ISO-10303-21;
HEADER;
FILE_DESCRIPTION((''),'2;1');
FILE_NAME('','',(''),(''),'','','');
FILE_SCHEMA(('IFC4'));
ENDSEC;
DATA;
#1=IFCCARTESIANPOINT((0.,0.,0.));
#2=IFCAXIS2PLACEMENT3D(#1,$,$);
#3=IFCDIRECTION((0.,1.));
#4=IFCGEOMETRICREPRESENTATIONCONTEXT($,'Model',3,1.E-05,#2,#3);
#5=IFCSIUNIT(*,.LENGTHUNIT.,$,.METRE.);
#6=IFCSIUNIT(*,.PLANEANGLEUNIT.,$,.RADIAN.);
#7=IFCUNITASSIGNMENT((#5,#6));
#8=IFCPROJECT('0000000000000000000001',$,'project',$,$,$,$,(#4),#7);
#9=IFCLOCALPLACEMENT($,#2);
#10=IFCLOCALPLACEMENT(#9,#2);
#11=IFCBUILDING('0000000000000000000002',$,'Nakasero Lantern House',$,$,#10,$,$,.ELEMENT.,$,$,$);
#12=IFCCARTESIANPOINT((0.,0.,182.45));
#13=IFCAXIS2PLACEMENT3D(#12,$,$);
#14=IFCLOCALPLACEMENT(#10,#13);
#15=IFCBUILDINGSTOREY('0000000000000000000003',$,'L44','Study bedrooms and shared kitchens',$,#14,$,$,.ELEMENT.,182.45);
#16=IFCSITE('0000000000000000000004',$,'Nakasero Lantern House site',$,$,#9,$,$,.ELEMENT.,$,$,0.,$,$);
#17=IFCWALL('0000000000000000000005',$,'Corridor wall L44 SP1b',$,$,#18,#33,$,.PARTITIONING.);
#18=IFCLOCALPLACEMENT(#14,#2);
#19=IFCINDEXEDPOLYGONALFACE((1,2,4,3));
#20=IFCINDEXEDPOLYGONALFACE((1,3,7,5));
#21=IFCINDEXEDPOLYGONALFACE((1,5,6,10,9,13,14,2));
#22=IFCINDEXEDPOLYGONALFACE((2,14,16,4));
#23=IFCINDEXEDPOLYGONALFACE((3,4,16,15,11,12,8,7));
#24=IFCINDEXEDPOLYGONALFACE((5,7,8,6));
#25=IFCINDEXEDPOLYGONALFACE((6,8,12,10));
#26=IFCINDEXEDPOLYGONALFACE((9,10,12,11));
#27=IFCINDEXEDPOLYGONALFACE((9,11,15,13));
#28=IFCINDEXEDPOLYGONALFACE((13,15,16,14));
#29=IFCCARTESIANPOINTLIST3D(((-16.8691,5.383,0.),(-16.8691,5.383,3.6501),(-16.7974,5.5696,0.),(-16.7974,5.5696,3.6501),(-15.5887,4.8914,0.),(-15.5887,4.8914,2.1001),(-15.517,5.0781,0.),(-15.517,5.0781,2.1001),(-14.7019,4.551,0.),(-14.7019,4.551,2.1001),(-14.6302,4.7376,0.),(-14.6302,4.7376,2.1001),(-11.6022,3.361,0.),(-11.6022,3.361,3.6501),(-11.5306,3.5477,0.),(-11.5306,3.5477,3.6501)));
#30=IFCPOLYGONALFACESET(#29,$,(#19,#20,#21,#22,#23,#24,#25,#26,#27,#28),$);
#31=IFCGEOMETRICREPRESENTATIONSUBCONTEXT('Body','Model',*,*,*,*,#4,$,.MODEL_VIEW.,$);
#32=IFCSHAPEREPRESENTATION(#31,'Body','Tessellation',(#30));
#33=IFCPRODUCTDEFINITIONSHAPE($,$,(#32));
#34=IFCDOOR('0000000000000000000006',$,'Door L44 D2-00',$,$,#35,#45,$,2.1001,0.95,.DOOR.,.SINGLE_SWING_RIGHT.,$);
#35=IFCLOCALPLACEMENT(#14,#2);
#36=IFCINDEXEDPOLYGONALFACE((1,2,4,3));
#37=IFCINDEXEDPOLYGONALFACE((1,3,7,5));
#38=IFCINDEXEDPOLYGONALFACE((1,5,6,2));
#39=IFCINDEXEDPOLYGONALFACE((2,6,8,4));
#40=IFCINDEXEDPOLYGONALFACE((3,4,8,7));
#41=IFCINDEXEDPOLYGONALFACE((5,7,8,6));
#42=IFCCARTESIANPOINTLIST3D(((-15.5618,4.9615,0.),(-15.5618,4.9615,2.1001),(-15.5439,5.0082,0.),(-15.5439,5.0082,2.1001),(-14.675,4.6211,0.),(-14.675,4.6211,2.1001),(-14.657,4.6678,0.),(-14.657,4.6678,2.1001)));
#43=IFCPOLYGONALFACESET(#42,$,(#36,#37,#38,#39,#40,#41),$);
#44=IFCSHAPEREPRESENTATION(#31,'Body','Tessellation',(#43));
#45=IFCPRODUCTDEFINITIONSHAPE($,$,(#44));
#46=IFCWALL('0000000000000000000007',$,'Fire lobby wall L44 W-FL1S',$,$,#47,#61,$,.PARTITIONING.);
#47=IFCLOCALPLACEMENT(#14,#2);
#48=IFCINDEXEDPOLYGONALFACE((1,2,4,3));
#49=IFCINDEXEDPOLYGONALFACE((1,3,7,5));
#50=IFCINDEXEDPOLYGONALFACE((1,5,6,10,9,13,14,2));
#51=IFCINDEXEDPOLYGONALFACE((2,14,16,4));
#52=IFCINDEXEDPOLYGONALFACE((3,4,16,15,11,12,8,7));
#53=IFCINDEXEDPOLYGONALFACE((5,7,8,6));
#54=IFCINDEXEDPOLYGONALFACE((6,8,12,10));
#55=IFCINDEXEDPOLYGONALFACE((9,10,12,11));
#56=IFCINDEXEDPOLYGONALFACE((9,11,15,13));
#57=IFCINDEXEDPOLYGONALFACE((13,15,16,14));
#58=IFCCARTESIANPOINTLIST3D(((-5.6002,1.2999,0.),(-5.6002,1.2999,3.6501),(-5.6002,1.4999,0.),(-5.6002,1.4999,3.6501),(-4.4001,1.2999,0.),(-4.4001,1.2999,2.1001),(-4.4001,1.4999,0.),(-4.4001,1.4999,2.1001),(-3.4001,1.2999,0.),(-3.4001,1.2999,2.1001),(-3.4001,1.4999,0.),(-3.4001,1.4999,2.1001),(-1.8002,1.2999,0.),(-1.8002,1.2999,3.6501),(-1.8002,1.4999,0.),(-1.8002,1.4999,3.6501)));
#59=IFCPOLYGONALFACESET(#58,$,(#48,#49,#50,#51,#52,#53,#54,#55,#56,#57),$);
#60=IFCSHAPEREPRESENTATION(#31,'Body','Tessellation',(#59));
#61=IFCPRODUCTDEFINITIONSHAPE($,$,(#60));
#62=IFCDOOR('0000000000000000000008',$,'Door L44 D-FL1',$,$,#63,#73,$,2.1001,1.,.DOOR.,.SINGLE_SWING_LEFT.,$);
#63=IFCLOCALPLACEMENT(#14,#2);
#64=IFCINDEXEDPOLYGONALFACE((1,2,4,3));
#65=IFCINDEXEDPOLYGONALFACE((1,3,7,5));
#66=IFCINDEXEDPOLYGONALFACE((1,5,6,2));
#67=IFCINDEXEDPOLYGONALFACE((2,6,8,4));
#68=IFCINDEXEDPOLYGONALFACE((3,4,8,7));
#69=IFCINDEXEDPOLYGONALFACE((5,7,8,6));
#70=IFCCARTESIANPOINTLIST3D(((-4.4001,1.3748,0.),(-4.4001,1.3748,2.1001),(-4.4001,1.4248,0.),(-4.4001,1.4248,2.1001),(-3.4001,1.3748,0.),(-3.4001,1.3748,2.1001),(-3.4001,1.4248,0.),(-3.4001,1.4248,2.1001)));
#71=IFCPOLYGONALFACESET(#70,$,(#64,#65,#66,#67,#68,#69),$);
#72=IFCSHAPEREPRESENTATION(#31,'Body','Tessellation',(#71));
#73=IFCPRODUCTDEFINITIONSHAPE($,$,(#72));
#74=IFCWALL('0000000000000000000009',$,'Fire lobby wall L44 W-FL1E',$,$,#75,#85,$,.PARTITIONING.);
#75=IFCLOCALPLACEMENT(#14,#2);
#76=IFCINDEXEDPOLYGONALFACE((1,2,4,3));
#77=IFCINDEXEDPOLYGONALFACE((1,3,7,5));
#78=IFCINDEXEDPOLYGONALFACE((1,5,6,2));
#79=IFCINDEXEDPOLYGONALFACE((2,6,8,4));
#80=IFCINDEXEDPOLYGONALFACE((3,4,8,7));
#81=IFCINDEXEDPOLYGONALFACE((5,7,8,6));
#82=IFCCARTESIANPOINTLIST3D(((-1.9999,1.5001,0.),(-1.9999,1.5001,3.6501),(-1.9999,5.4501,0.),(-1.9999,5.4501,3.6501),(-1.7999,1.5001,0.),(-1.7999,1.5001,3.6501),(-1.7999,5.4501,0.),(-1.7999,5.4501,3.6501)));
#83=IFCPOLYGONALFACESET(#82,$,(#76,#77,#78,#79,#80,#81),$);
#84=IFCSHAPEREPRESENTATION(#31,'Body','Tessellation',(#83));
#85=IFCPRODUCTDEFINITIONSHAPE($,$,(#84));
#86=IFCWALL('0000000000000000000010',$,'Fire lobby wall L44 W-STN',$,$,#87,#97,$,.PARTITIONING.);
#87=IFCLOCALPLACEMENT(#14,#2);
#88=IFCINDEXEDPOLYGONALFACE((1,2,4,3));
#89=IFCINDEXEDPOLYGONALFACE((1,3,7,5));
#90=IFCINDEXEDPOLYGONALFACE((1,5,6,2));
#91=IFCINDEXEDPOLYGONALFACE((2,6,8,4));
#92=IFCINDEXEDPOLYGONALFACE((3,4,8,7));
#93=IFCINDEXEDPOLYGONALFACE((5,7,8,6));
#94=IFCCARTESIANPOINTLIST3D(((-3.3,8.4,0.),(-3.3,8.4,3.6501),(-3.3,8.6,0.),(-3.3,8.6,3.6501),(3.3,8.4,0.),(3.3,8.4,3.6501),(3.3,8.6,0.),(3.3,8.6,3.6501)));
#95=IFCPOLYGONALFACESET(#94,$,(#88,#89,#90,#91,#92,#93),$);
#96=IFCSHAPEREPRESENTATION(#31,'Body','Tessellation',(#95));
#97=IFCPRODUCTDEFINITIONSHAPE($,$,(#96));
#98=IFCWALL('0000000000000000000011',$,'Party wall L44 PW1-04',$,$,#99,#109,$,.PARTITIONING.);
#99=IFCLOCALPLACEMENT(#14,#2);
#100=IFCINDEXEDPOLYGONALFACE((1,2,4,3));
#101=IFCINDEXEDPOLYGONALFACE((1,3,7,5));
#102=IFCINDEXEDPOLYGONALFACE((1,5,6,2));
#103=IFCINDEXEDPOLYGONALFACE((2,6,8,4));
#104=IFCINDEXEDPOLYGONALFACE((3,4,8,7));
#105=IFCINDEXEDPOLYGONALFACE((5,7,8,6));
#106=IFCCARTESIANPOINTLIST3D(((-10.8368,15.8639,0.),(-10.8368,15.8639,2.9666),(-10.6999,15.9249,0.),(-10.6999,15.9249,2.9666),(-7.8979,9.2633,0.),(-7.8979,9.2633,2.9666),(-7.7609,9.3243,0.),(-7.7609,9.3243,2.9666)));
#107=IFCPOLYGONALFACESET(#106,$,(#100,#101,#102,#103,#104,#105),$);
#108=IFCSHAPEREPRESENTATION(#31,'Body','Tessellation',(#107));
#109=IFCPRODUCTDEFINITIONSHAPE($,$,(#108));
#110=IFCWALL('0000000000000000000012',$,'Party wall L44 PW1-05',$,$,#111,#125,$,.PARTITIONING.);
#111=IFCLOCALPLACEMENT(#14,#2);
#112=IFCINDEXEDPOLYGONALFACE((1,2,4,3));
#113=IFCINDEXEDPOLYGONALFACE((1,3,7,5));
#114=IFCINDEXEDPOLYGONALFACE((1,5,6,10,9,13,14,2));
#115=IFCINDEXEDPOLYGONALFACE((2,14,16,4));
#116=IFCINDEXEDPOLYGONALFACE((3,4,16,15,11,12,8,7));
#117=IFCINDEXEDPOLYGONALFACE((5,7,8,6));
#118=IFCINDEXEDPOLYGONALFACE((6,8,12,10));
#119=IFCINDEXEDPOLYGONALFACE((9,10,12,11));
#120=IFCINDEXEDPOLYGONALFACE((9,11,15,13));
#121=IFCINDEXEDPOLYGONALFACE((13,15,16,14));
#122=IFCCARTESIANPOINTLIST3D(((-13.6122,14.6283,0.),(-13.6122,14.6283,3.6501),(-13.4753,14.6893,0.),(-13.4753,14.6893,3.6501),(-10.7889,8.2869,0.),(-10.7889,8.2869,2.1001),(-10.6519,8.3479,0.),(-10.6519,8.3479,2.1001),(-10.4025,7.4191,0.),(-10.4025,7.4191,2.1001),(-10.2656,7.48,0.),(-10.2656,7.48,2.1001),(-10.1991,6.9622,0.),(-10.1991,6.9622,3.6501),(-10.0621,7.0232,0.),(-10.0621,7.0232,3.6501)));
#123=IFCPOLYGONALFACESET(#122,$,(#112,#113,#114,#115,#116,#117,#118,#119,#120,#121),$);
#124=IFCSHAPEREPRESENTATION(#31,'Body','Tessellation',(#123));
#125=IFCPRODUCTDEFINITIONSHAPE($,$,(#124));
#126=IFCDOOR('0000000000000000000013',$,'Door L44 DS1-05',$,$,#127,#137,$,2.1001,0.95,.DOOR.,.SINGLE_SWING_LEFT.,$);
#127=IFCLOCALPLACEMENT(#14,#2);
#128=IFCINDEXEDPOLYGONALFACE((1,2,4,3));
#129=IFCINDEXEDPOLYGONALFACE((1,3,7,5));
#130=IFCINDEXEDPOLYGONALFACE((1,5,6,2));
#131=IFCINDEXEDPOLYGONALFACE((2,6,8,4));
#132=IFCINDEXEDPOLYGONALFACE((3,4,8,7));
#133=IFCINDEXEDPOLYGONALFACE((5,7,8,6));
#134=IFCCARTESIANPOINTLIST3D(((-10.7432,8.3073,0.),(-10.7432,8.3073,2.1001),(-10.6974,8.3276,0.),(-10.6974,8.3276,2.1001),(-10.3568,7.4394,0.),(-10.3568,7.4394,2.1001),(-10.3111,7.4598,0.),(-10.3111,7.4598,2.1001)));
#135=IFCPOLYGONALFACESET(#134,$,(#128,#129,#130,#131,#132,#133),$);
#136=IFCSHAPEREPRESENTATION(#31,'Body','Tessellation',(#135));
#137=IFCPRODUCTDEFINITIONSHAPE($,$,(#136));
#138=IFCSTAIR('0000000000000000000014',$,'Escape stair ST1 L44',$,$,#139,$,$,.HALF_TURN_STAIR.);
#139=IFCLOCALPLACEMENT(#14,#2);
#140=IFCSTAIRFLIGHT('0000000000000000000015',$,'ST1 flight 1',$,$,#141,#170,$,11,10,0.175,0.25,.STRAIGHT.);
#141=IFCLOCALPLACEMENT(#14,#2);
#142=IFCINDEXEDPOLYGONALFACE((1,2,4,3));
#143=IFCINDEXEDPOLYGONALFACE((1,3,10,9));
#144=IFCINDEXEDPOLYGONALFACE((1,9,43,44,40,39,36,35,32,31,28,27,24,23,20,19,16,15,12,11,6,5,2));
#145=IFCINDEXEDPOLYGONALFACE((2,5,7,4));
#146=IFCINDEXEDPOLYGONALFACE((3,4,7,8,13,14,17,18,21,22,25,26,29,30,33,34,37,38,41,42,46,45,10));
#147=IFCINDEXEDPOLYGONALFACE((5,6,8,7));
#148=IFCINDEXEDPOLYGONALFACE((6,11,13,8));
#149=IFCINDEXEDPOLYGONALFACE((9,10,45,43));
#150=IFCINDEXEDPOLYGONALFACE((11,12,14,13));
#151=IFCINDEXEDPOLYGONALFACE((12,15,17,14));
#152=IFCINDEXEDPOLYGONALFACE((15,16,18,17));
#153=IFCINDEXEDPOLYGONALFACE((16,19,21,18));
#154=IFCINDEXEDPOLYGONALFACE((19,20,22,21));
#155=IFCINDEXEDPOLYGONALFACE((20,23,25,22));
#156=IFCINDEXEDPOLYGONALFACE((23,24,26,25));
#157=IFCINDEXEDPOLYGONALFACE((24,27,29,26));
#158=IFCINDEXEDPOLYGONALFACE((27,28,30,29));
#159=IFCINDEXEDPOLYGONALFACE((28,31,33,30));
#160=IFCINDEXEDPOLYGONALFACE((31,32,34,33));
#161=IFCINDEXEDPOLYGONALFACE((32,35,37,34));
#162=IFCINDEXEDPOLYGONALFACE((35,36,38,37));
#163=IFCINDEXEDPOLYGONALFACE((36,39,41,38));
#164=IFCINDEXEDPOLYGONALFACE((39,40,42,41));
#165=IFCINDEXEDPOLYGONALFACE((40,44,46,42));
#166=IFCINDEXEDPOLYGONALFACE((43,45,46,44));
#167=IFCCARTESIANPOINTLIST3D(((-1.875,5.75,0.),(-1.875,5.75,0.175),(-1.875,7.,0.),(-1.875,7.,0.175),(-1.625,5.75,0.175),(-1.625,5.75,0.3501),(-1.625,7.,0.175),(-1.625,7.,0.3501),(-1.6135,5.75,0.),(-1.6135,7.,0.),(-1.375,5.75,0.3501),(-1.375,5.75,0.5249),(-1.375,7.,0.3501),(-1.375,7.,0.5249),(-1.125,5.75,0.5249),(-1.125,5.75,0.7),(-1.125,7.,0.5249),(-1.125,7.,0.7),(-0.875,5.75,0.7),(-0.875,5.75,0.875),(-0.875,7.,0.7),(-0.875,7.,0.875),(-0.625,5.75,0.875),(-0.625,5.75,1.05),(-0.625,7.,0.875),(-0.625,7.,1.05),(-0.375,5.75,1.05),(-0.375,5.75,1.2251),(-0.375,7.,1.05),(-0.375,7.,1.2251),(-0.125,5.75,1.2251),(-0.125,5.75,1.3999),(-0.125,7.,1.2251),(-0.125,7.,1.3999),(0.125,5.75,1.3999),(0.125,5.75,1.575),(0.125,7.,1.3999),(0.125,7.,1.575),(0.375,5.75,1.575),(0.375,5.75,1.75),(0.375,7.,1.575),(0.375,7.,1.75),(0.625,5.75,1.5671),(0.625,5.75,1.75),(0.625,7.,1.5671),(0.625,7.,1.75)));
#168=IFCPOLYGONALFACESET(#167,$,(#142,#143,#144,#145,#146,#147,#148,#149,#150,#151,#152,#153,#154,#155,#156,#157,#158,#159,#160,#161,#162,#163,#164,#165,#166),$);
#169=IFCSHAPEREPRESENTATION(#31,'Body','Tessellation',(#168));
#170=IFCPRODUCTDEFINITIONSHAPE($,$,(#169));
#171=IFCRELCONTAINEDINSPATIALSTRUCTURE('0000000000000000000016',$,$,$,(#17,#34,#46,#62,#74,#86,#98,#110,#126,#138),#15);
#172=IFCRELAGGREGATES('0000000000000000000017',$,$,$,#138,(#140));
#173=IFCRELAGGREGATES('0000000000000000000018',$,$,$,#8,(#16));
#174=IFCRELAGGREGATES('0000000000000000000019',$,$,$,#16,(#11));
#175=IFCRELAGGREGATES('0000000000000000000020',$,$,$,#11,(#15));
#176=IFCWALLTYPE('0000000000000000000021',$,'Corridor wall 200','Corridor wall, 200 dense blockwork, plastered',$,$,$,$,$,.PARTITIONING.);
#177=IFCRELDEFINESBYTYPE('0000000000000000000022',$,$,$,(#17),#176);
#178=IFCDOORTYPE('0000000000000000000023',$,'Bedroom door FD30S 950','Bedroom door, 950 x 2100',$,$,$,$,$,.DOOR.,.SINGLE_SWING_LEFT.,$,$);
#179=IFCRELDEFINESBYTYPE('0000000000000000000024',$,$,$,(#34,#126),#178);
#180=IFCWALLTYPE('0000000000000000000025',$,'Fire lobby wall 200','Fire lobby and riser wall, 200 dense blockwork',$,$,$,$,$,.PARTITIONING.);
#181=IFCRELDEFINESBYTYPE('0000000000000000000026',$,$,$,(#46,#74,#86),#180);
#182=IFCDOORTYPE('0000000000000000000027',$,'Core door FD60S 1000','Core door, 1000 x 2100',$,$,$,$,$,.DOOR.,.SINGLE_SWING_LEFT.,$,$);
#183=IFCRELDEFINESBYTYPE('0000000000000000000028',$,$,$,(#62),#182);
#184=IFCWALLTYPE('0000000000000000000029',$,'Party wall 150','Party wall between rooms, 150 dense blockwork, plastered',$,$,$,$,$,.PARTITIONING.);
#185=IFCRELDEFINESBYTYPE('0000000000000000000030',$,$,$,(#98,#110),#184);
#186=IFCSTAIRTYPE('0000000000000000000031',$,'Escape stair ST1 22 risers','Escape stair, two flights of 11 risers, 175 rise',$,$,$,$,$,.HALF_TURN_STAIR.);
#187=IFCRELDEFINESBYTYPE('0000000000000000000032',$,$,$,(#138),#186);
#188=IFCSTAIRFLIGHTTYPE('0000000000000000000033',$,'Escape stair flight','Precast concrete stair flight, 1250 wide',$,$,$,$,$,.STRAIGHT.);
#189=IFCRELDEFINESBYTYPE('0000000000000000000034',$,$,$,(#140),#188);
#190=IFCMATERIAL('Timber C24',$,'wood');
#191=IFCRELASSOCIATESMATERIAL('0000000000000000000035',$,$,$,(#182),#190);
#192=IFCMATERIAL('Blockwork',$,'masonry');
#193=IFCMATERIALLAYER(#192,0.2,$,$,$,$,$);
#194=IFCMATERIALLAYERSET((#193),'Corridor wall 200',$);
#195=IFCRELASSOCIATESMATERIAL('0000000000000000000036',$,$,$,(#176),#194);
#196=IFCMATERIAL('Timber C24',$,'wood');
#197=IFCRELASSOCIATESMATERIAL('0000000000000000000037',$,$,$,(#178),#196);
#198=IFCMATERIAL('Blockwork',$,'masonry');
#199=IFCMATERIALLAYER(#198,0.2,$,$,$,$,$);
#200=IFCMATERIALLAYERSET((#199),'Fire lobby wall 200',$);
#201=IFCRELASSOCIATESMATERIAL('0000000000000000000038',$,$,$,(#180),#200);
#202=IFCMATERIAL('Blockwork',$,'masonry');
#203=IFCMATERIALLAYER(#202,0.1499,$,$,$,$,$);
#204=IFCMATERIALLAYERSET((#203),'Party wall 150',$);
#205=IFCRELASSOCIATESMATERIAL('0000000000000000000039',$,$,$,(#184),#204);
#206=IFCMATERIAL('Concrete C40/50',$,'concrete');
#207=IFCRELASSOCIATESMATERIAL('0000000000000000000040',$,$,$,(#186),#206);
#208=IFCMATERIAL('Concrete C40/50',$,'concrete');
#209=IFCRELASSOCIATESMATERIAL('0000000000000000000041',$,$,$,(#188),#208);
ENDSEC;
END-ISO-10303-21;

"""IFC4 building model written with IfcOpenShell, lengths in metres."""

from ifc_helpers import new_model, si_unit, direction, frame, frame_2d, origin, place, context, subcontext, project, spatial, polyline, rectangle, outline, extrude, material, layer, layer_set, type_object, element, fill, aggregate, save


model = new_model("IFC4")

# Units and contexts
model_context = context("Model", 3, precision=1e-05, world=origin(), true_north=direction((0.0, 1.0)))
body_context = subcontext(model_context, "Body", "Model", "MODEL_VIEW")
ifc_project = project(units=[si_unit("LENGTHUNIT", "METRE"), si_unit("PLANEANGLEUNIT", "RADIAN")], contexts=[model_context])

# Site, building, storey
site_placement = place(None, origin())
site = spatial("IfcSite", under=ifc_project, at=site_placement, Name="Nakasero Lantern House site", CompositionType="ELEMENT", RefElevation=0.0)
building_placement = place(site_placement, origin())
building = spatial("IfcBuilding", under=site, at=building_placement, Name="Nakasero Lantern House", CompositionType="ELEMENT")
storey_placement = place(building_placement, frame((0.0, 0.0, 182.45)))
storey = spatial("IfcBuildingStorey", under=building, at=storey_placement, Name="L44", Description="Study bedrooms and shared kitchens", CompositionType="ELEMENT", Elevation=182.45)

# Shared definitions
ifc_material_1 = material(Name="Timber C24", Category="wood")
door_type_1 = type_object("IfcDoorType", Name="Core door FD60S 1000", Description="Core door, 1000 x 2100", OperationType="SINGLE_SWING_LEFT", PredefinedType="DOOR", material=ifc_material_1)

# Shared definitions
ifc_material_2 = material(Name="Blockwork", Category="masonry")
ifc_layer_1 = layer(ifc_material_2, 0.2)
ifc_layer_set_1 = layer_set([ifc_layer_1], Name="Corridor wall 200")
wall_type_1 = type_object("IfcWallType", Name="Corridor wall 200", Description="Corridor wall, 200 dense blockwork, plastered", PredefinedType="PARTITIONING", material=ifc_layer_set_1)

# Walls, openings, doors
ifc_material_3 = material(Name="Timber C24", Category="wood")
door_type_2 = type_object("IfcDoorType", Name="Bedroom door FD30S 950", Description="Bedroom door, 950 x 2100", OperationType="SINGLE_SWING_LEFT", PredefinedType="DOOR", material=ifc_material_3)
wall_1_placement = place(storey_placement, frame((-11.5664, 3.4543, 0.0), z_axis=(0.0, 0.0, 1.0), x_axis=(-0.933567, 0.358402, 0.0)))
wall_1 = element("IfcWall", 1, at=wall_1_placement, inside=storey, type_object=wall_type_1, Name="Corridor wall L44 SP1b", PredefinedType="PARTITIONING", context=body_context, shape_type="SweptSolid", body=[
    extrude(rectangle(XDim=5.6416, YDim=0.2, at=frame_2d((2.8208, 0.0))), origin(), (0.0, 0.0, 1.0), 3.6501),
])
opening_1_placement = place(wall_1_placement, frame((3.3201, 0.0, 0.0)))
opening_1 = element("IfcOpeningElement", 2, at=opening_1_placement, cuts=wall_1, PredefinedType="OPENING", context=body_context, shape_type="SweptSolid", body=[
    extrude(rectangle(XDim=0.95, YDim=2.1001, at=frame_2d((0.4751, 1.05))), frame((0.0, 0.1199, 0.0), z_axis=(0.0, -1.0, 0.0), x_axis=(1.0, 0.0, 0.0)), (0.0, 0.0, 1.0), 0.24),
])
door_1_placement = place(opening_1_placement, origin())
door_1 = element("IfcDoor", 3, at=door_1_placement, inside=storey, type_object=door_type_2, Name="Door L44 D2-00", OperationType="SINGLE_SWING_RIGHT", OverallHeight=2.1001, OverallWidth=0.95, PredefinedType="DOOR", context=body_context, shape_type="SweptSolid", body=[
    extrude(rectangle(XDim=0.95, YDim=2.1001, at=frame_2d((0.4751, 1.05))), frame((0.0, 0.0249, 0.0), z_axis=(0.0, -1.0, 0.0), x_axis=(1.0, 0.0, 0.0)), (0.0, 0.0, 1.0), 0.05),
])
fill(opening_1, door_1)
ifc_material_4 = material(Name="Blockwork", Category="masonry")
ifc_layer_2 = layer(ifc_material_4, 0.2)
ifc_layer_set_2 = layer_set([ifc_layer_2], Name="Fire lobby wall 200")
wall_type_2 = type_object("IfcWallType", Name="Fire lobby wall 200", Description="Fire lobby and riser wall, 200 dense blockwork", PredefinedType="PARTITIONING", material=ifc_layer_set_2)
wall_2_placement = place(storey_placement, frame((-5.6001, 1.3999, 0.0), z_axis=(0.0, 0.0, 1.0), x_axis=(1.0, 0.0, 0.0)))
wall_2 = element("IfcWall", 4, at=wall_2_placement, inside=storey, type_object=wall_type_2, Name="Fire lobby wall L44 W-FL1S", PredefinedType="PARTITIONING", context=body_context, shape_type="SweptSolid", body=[
    extrude(rectangle(XDim=3.8, YDim=0.2, at=frame_2d((1.8999, 0.0))), origin(), (0.0, 0.0, 1.0), 3.6501),
])
opening_2_placement = place(wall_2_placement, frame((1.2, 0.0, 0.0)))
opening_2 = element("IfcOpeningElement", 5, at=opening_2_placement, cuts=wall_2, PredefinedType="OPENING", context=body_context, shape_type="SweptSolid", body=[
    extrude(rectangle(XDim=1.0, YDim=2.1001, at=frame_2d((0.5, 1.05))), frame((0.0, 0.1199, 0.0), z_axis=(0.0, -1.0, 0.0), x_axis=(1.0, 0.0, 0.0)), (0.0, 0.0, 1.0), 0.24),
])
door_2_placement = place(opening_2_placement, origin())
door_2 = element("IfcDoor", 6, at=door_2_placement, inside=storey, type_object=door_type_1, Name="Door L44 D-FL1", OperationType="SINGLE_SWING_LEFT", OverallHeight=2.1001, OverallWidth=1.0, PredefinedType="DOOR", context=body_context, shape_type="SweptSolid", body=[
    extrude(rectangle(XDim=1.0, YDim=2.1001, at=frame_2d((0.5, 1.05))), frame((0.0, 0.0249, 0.0), z_axis=(0.0, -1.0, 0.0), x_axis=(1.0, 0.0, 0.0)), (0.0, 0.0, 1.0), 0.05),
])
fill(opening_2, door_2)

# Walls
wall_3_placement = place(storey_placement, frame((-1.8999, 1.5, 0.0), z_axis=(0.0, 0.0, 1.0), x_axis=(0.0, 1.0, 0.0)))
element("IfcWall", 7, at=wall_3_placement, inside=storey, type_object=wall_type_2, Name="Fire lobby wall L44 W-FL1E", PredefinedType="PARTITIONING", context=body_context, shape_type="SweptSolid", body=[
    extrude(rectangle(XDim=3.95, YDim=0.2, at=frame_2d((1.9751, 0.0))), origin(), (0.0, 0.0, 1.0), 3.6501),
])
wall_4_placement = place(storey_placement, frame((-3.3, 8.5, 0.0), z_axis=(0.0, 0.0, 1.0), x_axis=(1.0, 0.0, 0.0)))
element("IfcWall", 8, at=wall_4_placement, inside=storey, type_object=wall_type_2, Name="Fire lobby wall L44 W-STN", PredefinedType="PARTITIONING", context=body_context, shape_type="SweptSolid", body=[
    extrude(rectangle(XDim=6.6001, YDim=0.2, at=frame_2d((3.3, 0.0))), origin(), (0.0, 0.0, 1.0), 3.6501),
])
ifc_material_5 = material(Name="Blockwork", Category="masonry")
ifc_layer_3 = layer(ifc_material_5, 0.1499)
ifc_layer_set_3 = layer_set([ifc_layer_3], Name="Party wall 150")
wall_type_3 = type_object("IfcWallType", Name="Party wall 150", Description="Party wall between rooms, 150 dense blockwork, plastered", PredefinedType="PARTITIONING", material=ifc_layer_set_3)
wall_5_placement = place(storey_placement, frame((-7.8293, 9.2937, 0.0), z_axis=(0.0, 0.0, 1.0), x_axis=(-0.406759, 0.913535, 0.0)))
element("IfcWall", 9, at=wall_5_placement, inside=storey, type_object=wall_type_3, Name="Party wall L44 PW1-04", PredefinedType="PARTITIONING", context=body_context, shape_type="SweptSolid", body=[
    extrude(rectangle(XDim=7.2253, YDim=0.1499, at=frame_2d((3.6128, 0.0))), origin(), (0.0, 0.0, 1.0), 2.9666),
])

# Wall, opening, door
wall_6_placement = place(storey_placement, frame((-10.1306, 6.9927, 0.0), z_axis=(0.0, 0.0, 1.0), x_axis=(-0.406732, 0.913547, 0.0)))
wall_6 = element("IfcWall", 10, at=wall_6_placement, inside=storey, type_object=wall_type_3, Name="Party wall L44 PW1-05", PredefinedType="PARTITIONING", context=body_context, shape_type="SweptSolid", body=[
    extrude(rectangle(XDim=8.3916, YDim=0.1499, at=frame_2d((4.1958, 0.0))), origin(), (0.0, 0.0, 1.0), 3.6501),
])
opening_3_placement = place(wall_6_placement, frame((0.5, 0.0, 0.0)))
opening_3 = element("IfcOpeningElement", 11, at=opening_3_placement, cuts=wall_6, PredefinedType="OPENING", context=body_context, shape_type="SweptSolid", body=[
    extrude(rectangle(XDim=0.95, YDim=2.1001, at=frame_2d((0.4751, 1.05))), frame((0.0, 0.095, 0.0), z_axis=(0.0, -1.0, 0.0), x_axis=(1.0, 0.0, 0.0)), (0.0, 0.0, 1.0), 0.1899),
])
door_3_placement = place(opening_3_placement, origin())
door_3 = element("IfcDoor", 12, at=door_3_placement, inside=storey, type_object=door_type_2, Name="Door L44 DS1-05", OperationType="SINGLE_SWING_LEFT", OverallHeight=2.1001, OverallWidth=0.95, PredefinedType="DOOR", context=body_context, shape_type="SweptSolid", body=[
    extrude(rectangle(XDim=0.95, YDim=2.1001, at=frame_2d((0.4751, 1.05))), frame((0.0, 0.0249, 0.0), z_axis=(0.0, -1.0, 0.0), x_axis=(1.0, 0.0, 0.0)), (0.0, 0.0, 1.0), 0.05),
])
fill(opening_3, door_3)

# Stair, stair flight
ifc_material_6 = material(Name="Concrete C40/50", Category="concrete")
stair_type = type_object("IfcStairType", Name="Escape stair ST1 22 risers", Description="Escape stair, two flights of 11 risers, 175 rise", PredefinedType="HALF_TURN_STAIR", material=ifc_material_6)
stair_placement = place(storey_placement, origin())
stair = element("IfcStair", 13, at=stair_placement, inside=storey, type_object=stair_type, Name="Escape stair ST1 L44", PredefinedType="HALF_TURN_STAIR")
ifc_material_7 = material(Name="Concrete C40/50", Category="concrete")
stair_flight_type = type_object("IfcStairFlightType", Name="Escape stair flight", Description="Precast concrete stair flight, 1250 wide", PredefinedType="STRAIGHT", material=ifc_material_7)
stair_flight_placement = place(storey_placement, frame((-1.875, 6.375, 0.0), z_axis=(0.0, 0.0, 1.0), x_axis=(1.0, 0.0, 0.0)))
stair_flight = element("IfcStairFlight", 14, at=stair_flight_placement, type_object=stair_flight_type, Name="ST1 flight 1", NumberOfRisers=11, NumberOfTreads=10, PredefinedType="STRAIGHT", RiserHeight=0.175, TreadLength=0.25, context=body_context, shape_type="SweptSolid", body=[
    extrude(outline(polyline([(0.0, 0.0), (0.0, 0.175), (0.25, 0.175), (0.25, 0.3501), (0.5, 0.3501), (0.5, 0.5249), (0.75, 0.5249), (0.75, 0.7), (1.0, 0.7), (1.0, 0.875), (1.25, 0.875), (1.25, 1.05), (1.5, 1.05), (1.5, 1.2251), (1.75, 1.2251), (1.75, 1.3999), (2.0, 1.3999), (2.0, 1.575), (2.25, 1.575), (2.25, 1.75), (2.5, 1.75), (2.5, 1.925), (2.5, 1.5671), (0.2615, 0.0), (0.0, 0.0)])), frame((0.0, 0.625, 0.0), z_axis=(0.0, -1.0, 0.0), x_axis=(1.0, 0.0, 0.0)), (0.0, 0.0, 1.0), 1.25),
])
aggregate(stair, [stair_flight])

save(model, "model.ifc")
